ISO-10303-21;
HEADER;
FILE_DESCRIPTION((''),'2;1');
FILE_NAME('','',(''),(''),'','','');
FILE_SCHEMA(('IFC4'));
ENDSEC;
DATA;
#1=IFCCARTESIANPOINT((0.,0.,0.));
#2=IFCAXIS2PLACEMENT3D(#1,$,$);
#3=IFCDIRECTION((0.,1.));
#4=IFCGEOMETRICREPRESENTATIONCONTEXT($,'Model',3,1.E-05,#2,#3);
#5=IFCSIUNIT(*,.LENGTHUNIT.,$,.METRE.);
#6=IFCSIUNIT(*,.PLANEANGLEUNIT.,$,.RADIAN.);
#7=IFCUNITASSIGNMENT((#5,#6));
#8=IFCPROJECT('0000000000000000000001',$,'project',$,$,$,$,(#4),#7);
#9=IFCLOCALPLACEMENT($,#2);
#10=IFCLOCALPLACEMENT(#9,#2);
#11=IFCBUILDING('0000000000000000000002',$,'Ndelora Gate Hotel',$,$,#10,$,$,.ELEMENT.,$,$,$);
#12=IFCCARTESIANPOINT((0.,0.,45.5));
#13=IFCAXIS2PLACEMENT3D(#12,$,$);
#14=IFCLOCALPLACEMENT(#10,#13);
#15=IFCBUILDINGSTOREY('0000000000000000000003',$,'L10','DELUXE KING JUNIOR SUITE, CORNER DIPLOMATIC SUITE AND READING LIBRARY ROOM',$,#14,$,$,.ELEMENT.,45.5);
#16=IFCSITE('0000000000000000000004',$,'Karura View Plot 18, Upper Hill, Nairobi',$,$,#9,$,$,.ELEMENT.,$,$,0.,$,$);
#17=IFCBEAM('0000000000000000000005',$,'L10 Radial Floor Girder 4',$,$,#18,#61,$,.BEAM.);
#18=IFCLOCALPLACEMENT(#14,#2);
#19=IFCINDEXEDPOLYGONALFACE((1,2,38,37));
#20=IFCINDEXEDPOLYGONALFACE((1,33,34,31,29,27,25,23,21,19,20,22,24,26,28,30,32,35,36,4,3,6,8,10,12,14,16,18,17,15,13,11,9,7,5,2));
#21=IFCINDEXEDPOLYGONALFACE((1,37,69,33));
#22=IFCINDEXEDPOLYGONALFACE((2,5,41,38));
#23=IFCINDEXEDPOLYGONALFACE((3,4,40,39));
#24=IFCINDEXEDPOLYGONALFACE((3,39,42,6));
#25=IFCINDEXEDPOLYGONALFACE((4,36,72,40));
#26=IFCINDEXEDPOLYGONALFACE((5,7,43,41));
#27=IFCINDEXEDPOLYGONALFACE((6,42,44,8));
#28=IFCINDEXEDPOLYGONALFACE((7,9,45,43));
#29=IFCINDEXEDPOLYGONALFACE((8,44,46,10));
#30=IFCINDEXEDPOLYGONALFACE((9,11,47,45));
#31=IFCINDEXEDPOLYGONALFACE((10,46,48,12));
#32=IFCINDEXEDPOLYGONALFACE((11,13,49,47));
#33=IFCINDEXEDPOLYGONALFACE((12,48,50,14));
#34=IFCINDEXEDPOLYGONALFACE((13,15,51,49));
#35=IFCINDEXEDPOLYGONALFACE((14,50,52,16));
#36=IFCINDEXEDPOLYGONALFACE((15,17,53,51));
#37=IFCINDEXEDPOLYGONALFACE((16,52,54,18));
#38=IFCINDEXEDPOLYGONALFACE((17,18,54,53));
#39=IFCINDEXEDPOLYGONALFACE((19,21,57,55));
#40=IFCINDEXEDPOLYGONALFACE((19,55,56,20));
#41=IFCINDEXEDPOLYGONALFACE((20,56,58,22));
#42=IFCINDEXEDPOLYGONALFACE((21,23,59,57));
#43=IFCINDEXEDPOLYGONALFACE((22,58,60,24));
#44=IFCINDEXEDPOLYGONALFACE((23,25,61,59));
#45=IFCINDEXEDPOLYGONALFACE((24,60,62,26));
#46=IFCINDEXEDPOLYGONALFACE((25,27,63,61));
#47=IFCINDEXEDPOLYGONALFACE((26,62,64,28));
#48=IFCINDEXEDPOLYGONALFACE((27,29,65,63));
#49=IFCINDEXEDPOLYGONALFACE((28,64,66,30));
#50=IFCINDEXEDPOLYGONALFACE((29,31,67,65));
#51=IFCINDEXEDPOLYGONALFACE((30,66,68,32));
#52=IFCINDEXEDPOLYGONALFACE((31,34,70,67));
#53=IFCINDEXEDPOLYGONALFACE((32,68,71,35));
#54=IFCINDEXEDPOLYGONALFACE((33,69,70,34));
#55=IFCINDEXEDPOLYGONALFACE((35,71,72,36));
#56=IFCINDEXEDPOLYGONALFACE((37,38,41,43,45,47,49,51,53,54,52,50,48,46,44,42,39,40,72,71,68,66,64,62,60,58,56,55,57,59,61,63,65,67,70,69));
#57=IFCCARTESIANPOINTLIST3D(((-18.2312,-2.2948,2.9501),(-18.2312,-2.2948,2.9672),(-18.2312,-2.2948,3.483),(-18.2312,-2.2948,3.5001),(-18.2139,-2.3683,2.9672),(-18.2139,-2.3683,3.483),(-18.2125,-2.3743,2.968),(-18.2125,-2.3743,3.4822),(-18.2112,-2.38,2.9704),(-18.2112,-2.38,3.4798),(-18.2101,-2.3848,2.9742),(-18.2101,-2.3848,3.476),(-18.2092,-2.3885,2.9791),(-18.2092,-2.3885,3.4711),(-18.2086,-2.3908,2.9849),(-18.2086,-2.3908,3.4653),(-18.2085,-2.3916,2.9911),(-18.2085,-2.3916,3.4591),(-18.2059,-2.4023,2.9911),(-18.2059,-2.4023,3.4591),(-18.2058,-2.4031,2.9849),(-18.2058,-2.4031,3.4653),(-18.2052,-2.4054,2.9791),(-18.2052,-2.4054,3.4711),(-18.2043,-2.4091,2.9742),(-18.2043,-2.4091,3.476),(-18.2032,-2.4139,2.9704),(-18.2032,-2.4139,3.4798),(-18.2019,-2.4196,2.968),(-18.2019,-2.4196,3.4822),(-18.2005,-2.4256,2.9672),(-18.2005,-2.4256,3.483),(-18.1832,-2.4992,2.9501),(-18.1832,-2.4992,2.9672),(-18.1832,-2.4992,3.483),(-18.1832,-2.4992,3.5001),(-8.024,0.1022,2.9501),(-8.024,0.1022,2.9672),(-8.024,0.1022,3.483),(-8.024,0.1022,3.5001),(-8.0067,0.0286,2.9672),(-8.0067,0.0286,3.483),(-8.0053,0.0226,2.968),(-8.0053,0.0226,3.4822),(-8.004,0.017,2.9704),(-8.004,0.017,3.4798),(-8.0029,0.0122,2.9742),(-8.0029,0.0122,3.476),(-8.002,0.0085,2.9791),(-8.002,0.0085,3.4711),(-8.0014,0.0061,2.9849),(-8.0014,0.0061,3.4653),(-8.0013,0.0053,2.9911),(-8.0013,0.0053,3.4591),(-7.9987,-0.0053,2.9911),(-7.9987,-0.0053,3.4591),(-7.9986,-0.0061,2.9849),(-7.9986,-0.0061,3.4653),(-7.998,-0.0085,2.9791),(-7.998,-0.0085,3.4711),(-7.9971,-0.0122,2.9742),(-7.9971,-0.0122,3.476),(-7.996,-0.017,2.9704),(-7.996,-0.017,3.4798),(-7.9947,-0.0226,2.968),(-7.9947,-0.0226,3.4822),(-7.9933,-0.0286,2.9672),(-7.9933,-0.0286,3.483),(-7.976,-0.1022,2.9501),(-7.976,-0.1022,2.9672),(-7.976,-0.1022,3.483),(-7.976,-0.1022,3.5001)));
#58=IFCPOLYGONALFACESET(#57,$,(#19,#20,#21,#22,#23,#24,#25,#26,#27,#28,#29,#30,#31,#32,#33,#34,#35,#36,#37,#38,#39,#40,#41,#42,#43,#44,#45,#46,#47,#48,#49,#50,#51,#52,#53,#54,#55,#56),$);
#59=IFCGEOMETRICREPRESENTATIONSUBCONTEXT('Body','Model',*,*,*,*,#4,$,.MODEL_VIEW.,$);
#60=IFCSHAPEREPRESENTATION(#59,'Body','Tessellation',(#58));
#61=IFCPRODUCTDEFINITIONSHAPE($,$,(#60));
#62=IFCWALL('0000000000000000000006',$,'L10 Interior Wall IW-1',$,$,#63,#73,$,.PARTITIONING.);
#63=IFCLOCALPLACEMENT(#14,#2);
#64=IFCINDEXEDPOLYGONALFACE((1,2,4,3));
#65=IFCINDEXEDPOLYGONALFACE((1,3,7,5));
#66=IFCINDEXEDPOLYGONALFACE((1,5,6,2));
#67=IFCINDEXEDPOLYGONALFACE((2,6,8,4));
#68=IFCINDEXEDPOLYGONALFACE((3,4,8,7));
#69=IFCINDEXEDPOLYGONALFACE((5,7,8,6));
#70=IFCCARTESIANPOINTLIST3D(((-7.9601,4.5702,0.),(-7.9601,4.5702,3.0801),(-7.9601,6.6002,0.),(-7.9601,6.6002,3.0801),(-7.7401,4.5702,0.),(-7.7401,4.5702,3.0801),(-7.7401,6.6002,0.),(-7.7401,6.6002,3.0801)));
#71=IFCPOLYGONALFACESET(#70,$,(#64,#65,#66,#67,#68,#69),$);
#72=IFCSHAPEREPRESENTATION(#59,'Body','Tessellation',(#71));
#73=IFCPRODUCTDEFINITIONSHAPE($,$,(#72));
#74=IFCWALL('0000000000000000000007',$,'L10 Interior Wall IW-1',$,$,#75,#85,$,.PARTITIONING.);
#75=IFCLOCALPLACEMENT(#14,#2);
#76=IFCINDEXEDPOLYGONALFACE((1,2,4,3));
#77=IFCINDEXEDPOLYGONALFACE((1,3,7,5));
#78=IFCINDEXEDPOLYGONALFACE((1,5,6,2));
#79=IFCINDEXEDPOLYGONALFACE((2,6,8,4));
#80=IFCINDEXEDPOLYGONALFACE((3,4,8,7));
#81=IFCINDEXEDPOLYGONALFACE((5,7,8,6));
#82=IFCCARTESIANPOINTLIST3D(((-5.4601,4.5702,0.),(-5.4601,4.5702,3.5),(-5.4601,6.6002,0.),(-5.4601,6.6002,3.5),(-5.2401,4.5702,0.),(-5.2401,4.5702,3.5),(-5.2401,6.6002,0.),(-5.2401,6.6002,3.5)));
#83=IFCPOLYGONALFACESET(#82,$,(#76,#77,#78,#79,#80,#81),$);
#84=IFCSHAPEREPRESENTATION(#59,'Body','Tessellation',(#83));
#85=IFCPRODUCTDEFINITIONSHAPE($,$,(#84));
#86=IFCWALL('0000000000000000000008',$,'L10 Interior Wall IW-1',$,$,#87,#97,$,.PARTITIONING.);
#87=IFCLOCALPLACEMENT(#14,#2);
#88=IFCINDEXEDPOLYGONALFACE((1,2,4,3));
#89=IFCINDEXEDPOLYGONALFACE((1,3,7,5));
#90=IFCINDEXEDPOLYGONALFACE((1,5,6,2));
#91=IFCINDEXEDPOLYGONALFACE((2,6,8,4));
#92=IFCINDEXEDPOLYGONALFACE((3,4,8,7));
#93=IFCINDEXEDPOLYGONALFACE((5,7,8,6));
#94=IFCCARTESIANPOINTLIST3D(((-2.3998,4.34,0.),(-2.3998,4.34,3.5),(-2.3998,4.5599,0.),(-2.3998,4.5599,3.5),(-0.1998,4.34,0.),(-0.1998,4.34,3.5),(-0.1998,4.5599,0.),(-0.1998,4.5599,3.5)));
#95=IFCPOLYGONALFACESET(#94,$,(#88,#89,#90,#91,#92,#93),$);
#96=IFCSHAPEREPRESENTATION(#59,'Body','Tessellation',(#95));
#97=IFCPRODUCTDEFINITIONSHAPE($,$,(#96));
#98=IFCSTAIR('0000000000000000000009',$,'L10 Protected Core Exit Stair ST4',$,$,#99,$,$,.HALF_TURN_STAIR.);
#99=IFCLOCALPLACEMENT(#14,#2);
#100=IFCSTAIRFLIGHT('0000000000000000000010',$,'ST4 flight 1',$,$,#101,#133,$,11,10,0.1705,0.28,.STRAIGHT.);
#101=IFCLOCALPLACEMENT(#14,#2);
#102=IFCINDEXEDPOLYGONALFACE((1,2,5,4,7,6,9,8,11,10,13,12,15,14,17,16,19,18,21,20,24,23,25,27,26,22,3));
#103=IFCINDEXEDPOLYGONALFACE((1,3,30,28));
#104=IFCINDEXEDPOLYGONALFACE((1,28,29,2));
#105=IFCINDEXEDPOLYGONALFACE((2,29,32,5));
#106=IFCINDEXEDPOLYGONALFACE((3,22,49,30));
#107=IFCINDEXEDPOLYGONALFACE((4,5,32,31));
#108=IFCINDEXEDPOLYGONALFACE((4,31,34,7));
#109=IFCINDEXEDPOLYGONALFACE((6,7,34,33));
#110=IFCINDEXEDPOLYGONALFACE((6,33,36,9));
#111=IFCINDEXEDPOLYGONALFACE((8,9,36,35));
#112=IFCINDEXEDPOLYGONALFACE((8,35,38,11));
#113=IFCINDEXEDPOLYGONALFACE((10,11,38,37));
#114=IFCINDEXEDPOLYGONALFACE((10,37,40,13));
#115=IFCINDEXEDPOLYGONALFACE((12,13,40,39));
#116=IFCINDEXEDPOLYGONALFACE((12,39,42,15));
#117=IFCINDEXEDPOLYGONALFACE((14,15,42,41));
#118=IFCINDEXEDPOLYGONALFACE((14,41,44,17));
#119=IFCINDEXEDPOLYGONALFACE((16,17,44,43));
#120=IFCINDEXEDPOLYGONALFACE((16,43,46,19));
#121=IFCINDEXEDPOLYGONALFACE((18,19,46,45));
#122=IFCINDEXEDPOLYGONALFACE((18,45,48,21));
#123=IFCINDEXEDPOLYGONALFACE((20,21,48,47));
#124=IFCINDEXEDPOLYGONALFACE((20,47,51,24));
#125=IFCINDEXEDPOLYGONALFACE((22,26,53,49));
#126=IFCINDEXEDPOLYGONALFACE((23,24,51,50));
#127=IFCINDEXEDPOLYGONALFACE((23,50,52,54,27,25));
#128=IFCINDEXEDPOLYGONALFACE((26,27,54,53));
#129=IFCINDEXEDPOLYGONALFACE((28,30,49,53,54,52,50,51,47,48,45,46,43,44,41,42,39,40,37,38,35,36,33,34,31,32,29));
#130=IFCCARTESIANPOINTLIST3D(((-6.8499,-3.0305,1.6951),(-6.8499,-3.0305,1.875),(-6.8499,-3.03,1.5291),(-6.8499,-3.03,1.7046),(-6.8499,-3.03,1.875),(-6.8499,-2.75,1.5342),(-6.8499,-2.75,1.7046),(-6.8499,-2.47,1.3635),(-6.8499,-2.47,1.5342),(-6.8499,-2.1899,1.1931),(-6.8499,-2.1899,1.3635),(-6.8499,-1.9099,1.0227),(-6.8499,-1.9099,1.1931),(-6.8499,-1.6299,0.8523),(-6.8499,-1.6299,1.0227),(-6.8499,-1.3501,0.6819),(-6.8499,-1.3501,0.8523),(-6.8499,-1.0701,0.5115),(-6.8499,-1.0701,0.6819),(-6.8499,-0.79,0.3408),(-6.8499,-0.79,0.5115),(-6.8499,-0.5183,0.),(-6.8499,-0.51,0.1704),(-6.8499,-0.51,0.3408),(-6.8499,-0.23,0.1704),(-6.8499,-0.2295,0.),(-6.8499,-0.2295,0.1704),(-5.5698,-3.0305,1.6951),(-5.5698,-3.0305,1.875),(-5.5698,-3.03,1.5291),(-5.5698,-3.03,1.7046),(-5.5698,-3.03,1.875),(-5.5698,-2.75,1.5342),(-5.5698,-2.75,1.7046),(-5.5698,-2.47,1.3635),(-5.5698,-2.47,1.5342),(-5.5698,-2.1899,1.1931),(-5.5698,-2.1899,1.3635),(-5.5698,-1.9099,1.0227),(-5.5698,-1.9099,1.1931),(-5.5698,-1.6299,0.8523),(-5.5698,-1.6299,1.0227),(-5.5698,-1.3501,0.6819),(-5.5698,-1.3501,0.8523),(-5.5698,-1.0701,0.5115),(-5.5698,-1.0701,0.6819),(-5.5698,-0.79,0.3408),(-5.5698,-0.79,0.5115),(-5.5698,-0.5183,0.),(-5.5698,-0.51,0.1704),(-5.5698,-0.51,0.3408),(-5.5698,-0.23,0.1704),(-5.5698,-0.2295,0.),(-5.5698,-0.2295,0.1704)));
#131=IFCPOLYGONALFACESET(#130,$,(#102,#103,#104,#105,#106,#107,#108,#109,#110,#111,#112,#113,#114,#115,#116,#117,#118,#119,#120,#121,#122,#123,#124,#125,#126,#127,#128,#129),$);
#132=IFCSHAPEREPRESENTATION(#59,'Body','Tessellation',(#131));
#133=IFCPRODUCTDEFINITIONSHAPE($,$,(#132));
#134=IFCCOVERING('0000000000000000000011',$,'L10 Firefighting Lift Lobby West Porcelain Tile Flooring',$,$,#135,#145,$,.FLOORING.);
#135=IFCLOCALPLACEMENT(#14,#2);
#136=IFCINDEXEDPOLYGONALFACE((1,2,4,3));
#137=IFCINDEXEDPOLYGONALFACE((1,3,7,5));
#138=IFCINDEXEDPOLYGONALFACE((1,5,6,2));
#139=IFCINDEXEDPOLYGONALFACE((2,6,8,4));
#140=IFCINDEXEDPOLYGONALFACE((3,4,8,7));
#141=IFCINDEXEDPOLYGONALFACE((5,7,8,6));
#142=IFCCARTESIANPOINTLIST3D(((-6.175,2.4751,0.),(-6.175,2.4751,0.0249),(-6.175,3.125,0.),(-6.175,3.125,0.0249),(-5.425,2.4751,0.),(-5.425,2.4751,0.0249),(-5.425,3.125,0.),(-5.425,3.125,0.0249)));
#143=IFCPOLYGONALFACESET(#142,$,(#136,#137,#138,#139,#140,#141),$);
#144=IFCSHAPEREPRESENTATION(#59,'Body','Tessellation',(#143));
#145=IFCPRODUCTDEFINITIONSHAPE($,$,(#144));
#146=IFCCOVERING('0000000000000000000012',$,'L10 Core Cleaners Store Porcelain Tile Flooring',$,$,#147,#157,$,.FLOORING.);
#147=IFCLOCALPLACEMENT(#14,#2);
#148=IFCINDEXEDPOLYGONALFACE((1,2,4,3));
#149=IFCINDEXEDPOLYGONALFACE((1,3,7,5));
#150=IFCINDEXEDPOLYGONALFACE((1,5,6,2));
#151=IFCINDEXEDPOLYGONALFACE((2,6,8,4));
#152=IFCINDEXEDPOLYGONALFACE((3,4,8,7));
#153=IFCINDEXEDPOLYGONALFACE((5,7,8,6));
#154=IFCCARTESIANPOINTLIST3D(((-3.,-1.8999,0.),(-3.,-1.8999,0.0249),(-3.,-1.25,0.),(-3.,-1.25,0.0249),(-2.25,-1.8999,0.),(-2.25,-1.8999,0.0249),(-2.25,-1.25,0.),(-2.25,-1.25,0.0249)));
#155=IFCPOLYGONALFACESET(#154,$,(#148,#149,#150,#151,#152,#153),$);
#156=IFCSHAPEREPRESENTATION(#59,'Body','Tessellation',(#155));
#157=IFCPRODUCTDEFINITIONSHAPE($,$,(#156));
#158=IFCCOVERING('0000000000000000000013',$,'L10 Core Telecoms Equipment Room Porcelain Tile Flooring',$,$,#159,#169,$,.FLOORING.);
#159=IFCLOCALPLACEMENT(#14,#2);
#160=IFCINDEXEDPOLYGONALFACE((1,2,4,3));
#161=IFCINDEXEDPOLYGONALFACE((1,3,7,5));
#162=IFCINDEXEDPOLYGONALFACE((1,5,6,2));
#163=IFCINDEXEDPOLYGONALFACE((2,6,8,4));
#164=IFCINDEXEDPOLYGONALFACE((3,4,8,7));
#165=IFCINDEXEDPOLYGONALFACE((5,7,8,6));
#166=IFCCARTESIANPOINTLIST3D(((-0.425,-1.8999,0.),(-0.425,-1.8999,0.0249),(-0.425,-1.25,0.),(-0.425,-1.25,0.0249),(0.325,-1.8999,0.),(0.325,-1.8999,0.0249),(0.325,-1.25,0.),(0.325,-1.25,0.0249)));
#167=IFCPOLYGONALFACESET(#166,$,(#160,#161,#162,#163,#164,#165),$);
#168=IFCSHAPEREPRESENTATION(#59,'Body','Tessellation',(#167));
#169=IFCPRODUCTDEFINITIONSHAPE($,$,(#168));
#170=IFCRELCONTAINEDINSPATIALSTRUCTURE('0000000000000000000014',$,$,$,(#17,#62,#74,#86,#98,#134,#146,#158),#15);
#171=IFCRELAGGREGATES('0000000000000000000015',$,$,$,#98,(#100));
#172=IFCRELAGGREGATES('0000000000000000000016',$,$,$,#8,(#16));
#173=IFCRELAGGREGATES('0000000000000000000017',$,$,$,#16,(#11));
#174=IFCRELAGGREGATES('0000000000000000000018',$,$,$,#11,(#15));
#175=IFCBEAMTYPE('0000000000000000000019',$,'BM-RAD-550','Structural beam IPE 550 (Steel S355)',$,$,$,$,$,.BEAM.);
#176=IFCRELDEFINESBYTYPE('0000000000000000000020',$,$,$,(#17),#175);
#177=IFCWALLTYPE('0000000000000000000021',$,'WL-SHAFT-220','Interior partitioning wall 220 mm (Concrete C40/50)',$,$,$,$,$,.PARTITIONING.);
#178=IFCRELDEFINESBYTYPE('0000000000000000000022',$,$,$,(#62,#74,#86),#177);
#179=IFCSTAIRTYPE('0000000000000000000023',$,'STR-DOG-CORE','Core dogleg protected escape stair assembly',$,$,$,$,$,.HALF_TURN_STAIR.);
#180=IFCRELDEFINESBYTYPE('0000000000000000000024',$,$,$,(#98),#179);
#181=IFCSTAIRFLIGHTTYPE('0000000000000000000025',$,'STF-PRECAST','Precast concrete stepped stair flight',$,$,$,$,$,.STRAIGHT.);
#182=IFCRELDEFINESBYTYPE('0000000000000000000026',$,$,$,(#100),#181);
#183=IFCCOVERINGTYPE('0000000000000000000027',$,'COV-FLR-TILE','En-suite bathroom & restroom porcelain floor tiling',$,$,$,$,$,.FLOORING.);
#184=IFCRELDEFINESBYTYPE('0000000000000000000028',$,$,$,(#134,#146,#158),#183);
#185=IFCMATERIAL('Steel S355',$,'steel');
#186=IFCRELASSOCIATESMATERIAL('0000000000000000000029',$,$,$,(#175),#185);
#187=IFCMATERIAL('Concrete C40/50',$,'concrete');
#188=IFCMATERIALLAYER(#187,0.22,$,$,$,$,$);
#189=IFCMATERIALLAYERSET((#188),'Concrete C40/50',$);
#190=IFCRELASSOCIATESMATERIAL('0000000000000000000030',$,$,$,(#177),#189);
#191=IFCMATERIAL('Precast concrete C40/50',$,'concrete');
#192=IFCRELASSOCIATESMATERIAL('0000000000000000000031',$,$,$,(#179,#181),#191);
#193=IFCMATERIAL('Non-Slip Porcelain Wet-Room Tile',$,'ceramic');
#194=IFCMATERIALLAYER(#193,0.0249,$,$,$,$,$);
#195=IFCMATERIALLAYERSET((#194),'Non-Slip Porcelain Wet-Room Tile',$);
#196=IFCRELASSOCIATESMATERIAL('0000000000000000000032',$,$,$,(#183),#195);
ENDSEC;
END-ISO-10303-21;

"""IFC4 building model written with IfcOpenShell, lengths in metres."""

from ifc_helpers import new_model, si_unit, direction, frame, frame_2d, origin, origin_2d, place, context, subcontext, project, spatial, polyline, rectangle, i_section, outline, extrude, material, layer, layer_set, material_profile, profile_set, type_object, element, aggregate, save


model = new_model("IFC4")

# Units and contexts
model_context = context("Model", 3, precision=1e-05, world=origin(), true_north=direction((0.0, 1.0)))
body_context = subcontext(model_context, "Body", "Model", "MODEL_VIEW")
ifc_project = project(units=[si_unit("LENGTHUNIT", "METRE"), si_unit("PLANEANGLEUNIT", "RADIAN")], contexts=[model_context])

# Site, building, storey
site_placement = place(None, origin())
site = spatial("IfcSite", under=ifc_project, at=site_placement, Name="Karura View Plot 18, Upper Hill, Nairobi", CompositionType="ELEMENT", RefElevation=0.0)
building_placement = place(site_placement, origin())
building = spatial("IfcBuilding", under=site, at=building_placement, Name="Ndelora Gate Hotel", CompositionType="ELEMENT")
storey_placement = place(building_placement, frame((0.0, 0.0, 45.5)))
storey = spatial("IfcBuildingStorey", under=building, at=storey_placement, Name="L10", Description="DELUXE KING JUNIOR SUITE, CORNER DIPLOMATIC SUITE AND READING LIBRARY ROOM", CompositionType="ELEMENT", Elevation=45.5)

# Beam
ifc_material_1 = material(Name="Steel S355", Category="steel")
ifc_material_profile = material_profile(ifc_material_1, i_section(OverallWidth=0.21, OverallDepth=0.55, WebThickness=0.011, FlangeThickness=0.0171, FilletRadius=0.0239, at=origin_2d()), Name="IPE 550")
ifc_profile_set = profile_set([ifc_material_profile], Name="Steel S355")
beam_type = type_object("IfcBeamType", Name="BM-RAD-550", Description="Structural beam IPE 550 (Steel S355)", PredefinedType="BEAM", material=ifc_profile_set)
beam_placement = place(storey_placement, frame((-8.0, 0.0, 3.2251), z_axis=(-0.973518, -0.228611, 0.0), x_axis=(0.228611, -0.973518, 0.0)))
element("IfcBeam", 1, at=beam_placement, inside=storey, type_object=beam_type, Name="L10 Radial Floor Girder 4", PredefinedType="BEAM", context=body_context, shape_type="SweptSolid", body=[
    extrude(i_section(OverallWidth=0.21, OverallDepth=0.55, WebThickness=0.011, FlangeThickness=0.0171, FilletRadius=0.0239, at=origin_2d()), origin(), (0.0, 0.0, 1.0), 10.4849),
])

# Shared definitions
ifc_material_2 = material(Name="Concrete C40/50", Category="concrete")
ifc_layer_1 = layer(ifc_material_2, 0.22)
ifc_layer_set_1 = layer_set([ifc_layer_1], Name="Concrete C40/50")
wall_type_1 = type_object("IfcWallType", Name="WL-SHAFT-220", Description="Interior partitioning wall 220 mm (Concrete C40/50)", PredefinedType="PARTITIONING", material=ifc_layer_set_1)

# Walls
wall_1_placement = place(storey_placement, frame((-7.8501, 4.5701, 0.0), z_axis=(0.0, 0.0, 1.0), x_axis=(0.0, 1.0, 0.0)))
element("IfcWall", 2, at=wall_1_placement, inside=storey, type_object=wall_type_1, Name="L10 Interior Wall IW-1", PredefinedType="PARTITIONING", context=body_context, shape_type="SweptSolid", body=[
    extrude(rectangle(XDim=2.03, YDim=0.22, at=frame_2d((1.0151, 0.0))), origin(), (0.0, 0.0, 1.0), 3.0801),
])
wall_2_placement = place(storey_placement, frame((-5.3501, 4.5701, 0.0), z_axis=(0.0, 0.0, 1.0), x_axis=(0.0, 1.0, 0.0)))
element("IfcWall", 3, at=wall_2_placement, inside=storey, type_object=wall_type_1, Name="L10 Interior Wall IW-1", PredefinedType="PARTITIONING", context=body_context, shape_type="SweptSolid", body=[
    extrude(rectangle(XDim=2.03, YDim=0.22, at=frame_2d((1.0151, 0.0))), origin(), (0.0, 0.0, 1.0), 3.5),
])

# Wall
wall_3_placement = place(storey_placement, frame((-2.3999, 4.45, 0.0), z_axis=(0.0, 0.0, 1.0), x_axis=(1.0, 0.0, 0.0)))
element("IfcWall", 4, at=wall_3_placement, inside=storey, type_object=wall_type_1, Name="L10 Interior Wall IW-1", PredefinedType="PARTITIONING", context=body_context, shape_type="SweptSolid", body=[
    extrude(rectangle(XDim=2.2, YDim=0.22, at=frame_2d((1.1001, 0.0))), origin(), (0.0, 0.0, 1.0), 3.5),
])

# Stair, stair flight
ifc_material_3 = material(Name="Precast concrete C40/50", Category="concrete")
stair_type = type_object("IfcStairType", Name="STR-DOG-CORE", Description="Core dogleg protected escape stair assembly", PredefinedType="HALF_TURN_STAIR", material=ifc_material_3)
stair_placement = place(storey_placement, origin())
stair = element("IfcStair", 5, at=stair_placement, inside=storey, type_object=stair_type, Name="L10 Protected Core Exit Stair ST4", PredefinedType="HALF_TURN_STAIR")
stair_flight_type = type_object("IfcStairFlightType", Name="STF-PRECAST", Description="Precast concrete stepped stair flight", PredefinedType="STRAIGHT", material=ifc_material_3)
stair_flight_placement = place(storey_placement, frame((-6.21, -0.23, 0.0), z_axis=(0.0, 0.0, 1.0), x_axis=(0.0, -1.0, 0.0)))
stair_flight = element("IfcStairFlight", 6, at=stair_flight_placement, type_object=stair_flight_type, Name="ST4 flight 1", NumberOfRisers=11, NumberOfTreads=10, PredefinedType="STRAIGHT", RiserHeight=0.1705, TreadLength=0.28, context=body_context, shape_type="SweptSolid", body=[
    extrude(outline(polyline([(-0.0005, 0.0), (-0.0005, 0.1704), (0.0, 0.1704), (0.28, 0.1704), (0.28, 0.3408), (0.5601, 0.3408), (0.5601, 0.5115), (0.8401, 0.5115), (0.8401, 0.6819), (1.1201, 0.6819), (1.1201, 0.8523), (1.3999, 0.8523), (1.3999, 1.0227), (1.6799, 1.0227), (1.6799, 1.1931), (1.96, 1.1931), (1.96, 1.3635), (2.24, 1.3635), (2.24, 1.5342), (2.52, 1.5342), (2.52, 1.7046), (2.8, 1.7046), (2.8, 1.875), (2.8005, 1.875), (2.8005, 1.6951), (2.8, 1.5291), (0.2883, 0.0), (-0.0005, 0.0)])), frame((0.0, 0.6401, 0.0), z_axis=(0.0, -1.0, 0.0), x_axis=(1.0, 0.0, 0.0)), (0.0, 0.0, 1.0), 1.28),
])
aggregate(stair, [stair_flight])

# Coverings
ifc_material_4 = material(Name="Non-Slip Porcelain Wet-Room Tile", Category="ceramic")
ifc_layer_2 = layer(ifc_material_4, 0.0249)
ifc_layer_set_2 = layer_set([ifc_layer_2], Name="Non-Slip Porcelain Wet-Room Tile")
covering_type = type_object("IfcCoveringType", Name="COV-FLR-TILE", Description="En-suite bathroom & restroom porcelain floor tiling", PredefinedType="FLOORING", material=ifc_layer_set_2)
for number, where, z_axis, x_axis, name in (
    (7, (-5.8, 2.8, 0.0), (0.0, 0.0, 1.0), (1.0, 0.0, 0.0), "L10 Firefighting Lift Lobby West Porcelain Tile Flooring"),
    (8, (-2.625, -1.575, 0.0), (0.0, 0.0, 1.0), (1.0, 0.0, 0.0), "L10 Core Cleaners Store Porcelain Tile Flooring"),
    (9, (-0.05, -1.575, 0.0), (0.0, 0.0, 1.0), (1.0, 0.0, 0.0), "L10 Core Telecoms Equipment Room Porcelain Tile Flooring"),
):
    element("IfcCovering", number, at=place(storey_placement, frame(where, z_axis=z_axis, x_axis=x_axis)), inside=storey, type_object=covering_type, Name=name, PredefinedType="FLOORING", context=body_context, shape_type="SweptSolid", body=[
        extrude(rectangle(XDim=0.75, YDim=0.6499, at=origin_2d()), origin(), (0.0, 0.0, 1.0), 0.0249),
    ])

save(model, "model.ifc")
